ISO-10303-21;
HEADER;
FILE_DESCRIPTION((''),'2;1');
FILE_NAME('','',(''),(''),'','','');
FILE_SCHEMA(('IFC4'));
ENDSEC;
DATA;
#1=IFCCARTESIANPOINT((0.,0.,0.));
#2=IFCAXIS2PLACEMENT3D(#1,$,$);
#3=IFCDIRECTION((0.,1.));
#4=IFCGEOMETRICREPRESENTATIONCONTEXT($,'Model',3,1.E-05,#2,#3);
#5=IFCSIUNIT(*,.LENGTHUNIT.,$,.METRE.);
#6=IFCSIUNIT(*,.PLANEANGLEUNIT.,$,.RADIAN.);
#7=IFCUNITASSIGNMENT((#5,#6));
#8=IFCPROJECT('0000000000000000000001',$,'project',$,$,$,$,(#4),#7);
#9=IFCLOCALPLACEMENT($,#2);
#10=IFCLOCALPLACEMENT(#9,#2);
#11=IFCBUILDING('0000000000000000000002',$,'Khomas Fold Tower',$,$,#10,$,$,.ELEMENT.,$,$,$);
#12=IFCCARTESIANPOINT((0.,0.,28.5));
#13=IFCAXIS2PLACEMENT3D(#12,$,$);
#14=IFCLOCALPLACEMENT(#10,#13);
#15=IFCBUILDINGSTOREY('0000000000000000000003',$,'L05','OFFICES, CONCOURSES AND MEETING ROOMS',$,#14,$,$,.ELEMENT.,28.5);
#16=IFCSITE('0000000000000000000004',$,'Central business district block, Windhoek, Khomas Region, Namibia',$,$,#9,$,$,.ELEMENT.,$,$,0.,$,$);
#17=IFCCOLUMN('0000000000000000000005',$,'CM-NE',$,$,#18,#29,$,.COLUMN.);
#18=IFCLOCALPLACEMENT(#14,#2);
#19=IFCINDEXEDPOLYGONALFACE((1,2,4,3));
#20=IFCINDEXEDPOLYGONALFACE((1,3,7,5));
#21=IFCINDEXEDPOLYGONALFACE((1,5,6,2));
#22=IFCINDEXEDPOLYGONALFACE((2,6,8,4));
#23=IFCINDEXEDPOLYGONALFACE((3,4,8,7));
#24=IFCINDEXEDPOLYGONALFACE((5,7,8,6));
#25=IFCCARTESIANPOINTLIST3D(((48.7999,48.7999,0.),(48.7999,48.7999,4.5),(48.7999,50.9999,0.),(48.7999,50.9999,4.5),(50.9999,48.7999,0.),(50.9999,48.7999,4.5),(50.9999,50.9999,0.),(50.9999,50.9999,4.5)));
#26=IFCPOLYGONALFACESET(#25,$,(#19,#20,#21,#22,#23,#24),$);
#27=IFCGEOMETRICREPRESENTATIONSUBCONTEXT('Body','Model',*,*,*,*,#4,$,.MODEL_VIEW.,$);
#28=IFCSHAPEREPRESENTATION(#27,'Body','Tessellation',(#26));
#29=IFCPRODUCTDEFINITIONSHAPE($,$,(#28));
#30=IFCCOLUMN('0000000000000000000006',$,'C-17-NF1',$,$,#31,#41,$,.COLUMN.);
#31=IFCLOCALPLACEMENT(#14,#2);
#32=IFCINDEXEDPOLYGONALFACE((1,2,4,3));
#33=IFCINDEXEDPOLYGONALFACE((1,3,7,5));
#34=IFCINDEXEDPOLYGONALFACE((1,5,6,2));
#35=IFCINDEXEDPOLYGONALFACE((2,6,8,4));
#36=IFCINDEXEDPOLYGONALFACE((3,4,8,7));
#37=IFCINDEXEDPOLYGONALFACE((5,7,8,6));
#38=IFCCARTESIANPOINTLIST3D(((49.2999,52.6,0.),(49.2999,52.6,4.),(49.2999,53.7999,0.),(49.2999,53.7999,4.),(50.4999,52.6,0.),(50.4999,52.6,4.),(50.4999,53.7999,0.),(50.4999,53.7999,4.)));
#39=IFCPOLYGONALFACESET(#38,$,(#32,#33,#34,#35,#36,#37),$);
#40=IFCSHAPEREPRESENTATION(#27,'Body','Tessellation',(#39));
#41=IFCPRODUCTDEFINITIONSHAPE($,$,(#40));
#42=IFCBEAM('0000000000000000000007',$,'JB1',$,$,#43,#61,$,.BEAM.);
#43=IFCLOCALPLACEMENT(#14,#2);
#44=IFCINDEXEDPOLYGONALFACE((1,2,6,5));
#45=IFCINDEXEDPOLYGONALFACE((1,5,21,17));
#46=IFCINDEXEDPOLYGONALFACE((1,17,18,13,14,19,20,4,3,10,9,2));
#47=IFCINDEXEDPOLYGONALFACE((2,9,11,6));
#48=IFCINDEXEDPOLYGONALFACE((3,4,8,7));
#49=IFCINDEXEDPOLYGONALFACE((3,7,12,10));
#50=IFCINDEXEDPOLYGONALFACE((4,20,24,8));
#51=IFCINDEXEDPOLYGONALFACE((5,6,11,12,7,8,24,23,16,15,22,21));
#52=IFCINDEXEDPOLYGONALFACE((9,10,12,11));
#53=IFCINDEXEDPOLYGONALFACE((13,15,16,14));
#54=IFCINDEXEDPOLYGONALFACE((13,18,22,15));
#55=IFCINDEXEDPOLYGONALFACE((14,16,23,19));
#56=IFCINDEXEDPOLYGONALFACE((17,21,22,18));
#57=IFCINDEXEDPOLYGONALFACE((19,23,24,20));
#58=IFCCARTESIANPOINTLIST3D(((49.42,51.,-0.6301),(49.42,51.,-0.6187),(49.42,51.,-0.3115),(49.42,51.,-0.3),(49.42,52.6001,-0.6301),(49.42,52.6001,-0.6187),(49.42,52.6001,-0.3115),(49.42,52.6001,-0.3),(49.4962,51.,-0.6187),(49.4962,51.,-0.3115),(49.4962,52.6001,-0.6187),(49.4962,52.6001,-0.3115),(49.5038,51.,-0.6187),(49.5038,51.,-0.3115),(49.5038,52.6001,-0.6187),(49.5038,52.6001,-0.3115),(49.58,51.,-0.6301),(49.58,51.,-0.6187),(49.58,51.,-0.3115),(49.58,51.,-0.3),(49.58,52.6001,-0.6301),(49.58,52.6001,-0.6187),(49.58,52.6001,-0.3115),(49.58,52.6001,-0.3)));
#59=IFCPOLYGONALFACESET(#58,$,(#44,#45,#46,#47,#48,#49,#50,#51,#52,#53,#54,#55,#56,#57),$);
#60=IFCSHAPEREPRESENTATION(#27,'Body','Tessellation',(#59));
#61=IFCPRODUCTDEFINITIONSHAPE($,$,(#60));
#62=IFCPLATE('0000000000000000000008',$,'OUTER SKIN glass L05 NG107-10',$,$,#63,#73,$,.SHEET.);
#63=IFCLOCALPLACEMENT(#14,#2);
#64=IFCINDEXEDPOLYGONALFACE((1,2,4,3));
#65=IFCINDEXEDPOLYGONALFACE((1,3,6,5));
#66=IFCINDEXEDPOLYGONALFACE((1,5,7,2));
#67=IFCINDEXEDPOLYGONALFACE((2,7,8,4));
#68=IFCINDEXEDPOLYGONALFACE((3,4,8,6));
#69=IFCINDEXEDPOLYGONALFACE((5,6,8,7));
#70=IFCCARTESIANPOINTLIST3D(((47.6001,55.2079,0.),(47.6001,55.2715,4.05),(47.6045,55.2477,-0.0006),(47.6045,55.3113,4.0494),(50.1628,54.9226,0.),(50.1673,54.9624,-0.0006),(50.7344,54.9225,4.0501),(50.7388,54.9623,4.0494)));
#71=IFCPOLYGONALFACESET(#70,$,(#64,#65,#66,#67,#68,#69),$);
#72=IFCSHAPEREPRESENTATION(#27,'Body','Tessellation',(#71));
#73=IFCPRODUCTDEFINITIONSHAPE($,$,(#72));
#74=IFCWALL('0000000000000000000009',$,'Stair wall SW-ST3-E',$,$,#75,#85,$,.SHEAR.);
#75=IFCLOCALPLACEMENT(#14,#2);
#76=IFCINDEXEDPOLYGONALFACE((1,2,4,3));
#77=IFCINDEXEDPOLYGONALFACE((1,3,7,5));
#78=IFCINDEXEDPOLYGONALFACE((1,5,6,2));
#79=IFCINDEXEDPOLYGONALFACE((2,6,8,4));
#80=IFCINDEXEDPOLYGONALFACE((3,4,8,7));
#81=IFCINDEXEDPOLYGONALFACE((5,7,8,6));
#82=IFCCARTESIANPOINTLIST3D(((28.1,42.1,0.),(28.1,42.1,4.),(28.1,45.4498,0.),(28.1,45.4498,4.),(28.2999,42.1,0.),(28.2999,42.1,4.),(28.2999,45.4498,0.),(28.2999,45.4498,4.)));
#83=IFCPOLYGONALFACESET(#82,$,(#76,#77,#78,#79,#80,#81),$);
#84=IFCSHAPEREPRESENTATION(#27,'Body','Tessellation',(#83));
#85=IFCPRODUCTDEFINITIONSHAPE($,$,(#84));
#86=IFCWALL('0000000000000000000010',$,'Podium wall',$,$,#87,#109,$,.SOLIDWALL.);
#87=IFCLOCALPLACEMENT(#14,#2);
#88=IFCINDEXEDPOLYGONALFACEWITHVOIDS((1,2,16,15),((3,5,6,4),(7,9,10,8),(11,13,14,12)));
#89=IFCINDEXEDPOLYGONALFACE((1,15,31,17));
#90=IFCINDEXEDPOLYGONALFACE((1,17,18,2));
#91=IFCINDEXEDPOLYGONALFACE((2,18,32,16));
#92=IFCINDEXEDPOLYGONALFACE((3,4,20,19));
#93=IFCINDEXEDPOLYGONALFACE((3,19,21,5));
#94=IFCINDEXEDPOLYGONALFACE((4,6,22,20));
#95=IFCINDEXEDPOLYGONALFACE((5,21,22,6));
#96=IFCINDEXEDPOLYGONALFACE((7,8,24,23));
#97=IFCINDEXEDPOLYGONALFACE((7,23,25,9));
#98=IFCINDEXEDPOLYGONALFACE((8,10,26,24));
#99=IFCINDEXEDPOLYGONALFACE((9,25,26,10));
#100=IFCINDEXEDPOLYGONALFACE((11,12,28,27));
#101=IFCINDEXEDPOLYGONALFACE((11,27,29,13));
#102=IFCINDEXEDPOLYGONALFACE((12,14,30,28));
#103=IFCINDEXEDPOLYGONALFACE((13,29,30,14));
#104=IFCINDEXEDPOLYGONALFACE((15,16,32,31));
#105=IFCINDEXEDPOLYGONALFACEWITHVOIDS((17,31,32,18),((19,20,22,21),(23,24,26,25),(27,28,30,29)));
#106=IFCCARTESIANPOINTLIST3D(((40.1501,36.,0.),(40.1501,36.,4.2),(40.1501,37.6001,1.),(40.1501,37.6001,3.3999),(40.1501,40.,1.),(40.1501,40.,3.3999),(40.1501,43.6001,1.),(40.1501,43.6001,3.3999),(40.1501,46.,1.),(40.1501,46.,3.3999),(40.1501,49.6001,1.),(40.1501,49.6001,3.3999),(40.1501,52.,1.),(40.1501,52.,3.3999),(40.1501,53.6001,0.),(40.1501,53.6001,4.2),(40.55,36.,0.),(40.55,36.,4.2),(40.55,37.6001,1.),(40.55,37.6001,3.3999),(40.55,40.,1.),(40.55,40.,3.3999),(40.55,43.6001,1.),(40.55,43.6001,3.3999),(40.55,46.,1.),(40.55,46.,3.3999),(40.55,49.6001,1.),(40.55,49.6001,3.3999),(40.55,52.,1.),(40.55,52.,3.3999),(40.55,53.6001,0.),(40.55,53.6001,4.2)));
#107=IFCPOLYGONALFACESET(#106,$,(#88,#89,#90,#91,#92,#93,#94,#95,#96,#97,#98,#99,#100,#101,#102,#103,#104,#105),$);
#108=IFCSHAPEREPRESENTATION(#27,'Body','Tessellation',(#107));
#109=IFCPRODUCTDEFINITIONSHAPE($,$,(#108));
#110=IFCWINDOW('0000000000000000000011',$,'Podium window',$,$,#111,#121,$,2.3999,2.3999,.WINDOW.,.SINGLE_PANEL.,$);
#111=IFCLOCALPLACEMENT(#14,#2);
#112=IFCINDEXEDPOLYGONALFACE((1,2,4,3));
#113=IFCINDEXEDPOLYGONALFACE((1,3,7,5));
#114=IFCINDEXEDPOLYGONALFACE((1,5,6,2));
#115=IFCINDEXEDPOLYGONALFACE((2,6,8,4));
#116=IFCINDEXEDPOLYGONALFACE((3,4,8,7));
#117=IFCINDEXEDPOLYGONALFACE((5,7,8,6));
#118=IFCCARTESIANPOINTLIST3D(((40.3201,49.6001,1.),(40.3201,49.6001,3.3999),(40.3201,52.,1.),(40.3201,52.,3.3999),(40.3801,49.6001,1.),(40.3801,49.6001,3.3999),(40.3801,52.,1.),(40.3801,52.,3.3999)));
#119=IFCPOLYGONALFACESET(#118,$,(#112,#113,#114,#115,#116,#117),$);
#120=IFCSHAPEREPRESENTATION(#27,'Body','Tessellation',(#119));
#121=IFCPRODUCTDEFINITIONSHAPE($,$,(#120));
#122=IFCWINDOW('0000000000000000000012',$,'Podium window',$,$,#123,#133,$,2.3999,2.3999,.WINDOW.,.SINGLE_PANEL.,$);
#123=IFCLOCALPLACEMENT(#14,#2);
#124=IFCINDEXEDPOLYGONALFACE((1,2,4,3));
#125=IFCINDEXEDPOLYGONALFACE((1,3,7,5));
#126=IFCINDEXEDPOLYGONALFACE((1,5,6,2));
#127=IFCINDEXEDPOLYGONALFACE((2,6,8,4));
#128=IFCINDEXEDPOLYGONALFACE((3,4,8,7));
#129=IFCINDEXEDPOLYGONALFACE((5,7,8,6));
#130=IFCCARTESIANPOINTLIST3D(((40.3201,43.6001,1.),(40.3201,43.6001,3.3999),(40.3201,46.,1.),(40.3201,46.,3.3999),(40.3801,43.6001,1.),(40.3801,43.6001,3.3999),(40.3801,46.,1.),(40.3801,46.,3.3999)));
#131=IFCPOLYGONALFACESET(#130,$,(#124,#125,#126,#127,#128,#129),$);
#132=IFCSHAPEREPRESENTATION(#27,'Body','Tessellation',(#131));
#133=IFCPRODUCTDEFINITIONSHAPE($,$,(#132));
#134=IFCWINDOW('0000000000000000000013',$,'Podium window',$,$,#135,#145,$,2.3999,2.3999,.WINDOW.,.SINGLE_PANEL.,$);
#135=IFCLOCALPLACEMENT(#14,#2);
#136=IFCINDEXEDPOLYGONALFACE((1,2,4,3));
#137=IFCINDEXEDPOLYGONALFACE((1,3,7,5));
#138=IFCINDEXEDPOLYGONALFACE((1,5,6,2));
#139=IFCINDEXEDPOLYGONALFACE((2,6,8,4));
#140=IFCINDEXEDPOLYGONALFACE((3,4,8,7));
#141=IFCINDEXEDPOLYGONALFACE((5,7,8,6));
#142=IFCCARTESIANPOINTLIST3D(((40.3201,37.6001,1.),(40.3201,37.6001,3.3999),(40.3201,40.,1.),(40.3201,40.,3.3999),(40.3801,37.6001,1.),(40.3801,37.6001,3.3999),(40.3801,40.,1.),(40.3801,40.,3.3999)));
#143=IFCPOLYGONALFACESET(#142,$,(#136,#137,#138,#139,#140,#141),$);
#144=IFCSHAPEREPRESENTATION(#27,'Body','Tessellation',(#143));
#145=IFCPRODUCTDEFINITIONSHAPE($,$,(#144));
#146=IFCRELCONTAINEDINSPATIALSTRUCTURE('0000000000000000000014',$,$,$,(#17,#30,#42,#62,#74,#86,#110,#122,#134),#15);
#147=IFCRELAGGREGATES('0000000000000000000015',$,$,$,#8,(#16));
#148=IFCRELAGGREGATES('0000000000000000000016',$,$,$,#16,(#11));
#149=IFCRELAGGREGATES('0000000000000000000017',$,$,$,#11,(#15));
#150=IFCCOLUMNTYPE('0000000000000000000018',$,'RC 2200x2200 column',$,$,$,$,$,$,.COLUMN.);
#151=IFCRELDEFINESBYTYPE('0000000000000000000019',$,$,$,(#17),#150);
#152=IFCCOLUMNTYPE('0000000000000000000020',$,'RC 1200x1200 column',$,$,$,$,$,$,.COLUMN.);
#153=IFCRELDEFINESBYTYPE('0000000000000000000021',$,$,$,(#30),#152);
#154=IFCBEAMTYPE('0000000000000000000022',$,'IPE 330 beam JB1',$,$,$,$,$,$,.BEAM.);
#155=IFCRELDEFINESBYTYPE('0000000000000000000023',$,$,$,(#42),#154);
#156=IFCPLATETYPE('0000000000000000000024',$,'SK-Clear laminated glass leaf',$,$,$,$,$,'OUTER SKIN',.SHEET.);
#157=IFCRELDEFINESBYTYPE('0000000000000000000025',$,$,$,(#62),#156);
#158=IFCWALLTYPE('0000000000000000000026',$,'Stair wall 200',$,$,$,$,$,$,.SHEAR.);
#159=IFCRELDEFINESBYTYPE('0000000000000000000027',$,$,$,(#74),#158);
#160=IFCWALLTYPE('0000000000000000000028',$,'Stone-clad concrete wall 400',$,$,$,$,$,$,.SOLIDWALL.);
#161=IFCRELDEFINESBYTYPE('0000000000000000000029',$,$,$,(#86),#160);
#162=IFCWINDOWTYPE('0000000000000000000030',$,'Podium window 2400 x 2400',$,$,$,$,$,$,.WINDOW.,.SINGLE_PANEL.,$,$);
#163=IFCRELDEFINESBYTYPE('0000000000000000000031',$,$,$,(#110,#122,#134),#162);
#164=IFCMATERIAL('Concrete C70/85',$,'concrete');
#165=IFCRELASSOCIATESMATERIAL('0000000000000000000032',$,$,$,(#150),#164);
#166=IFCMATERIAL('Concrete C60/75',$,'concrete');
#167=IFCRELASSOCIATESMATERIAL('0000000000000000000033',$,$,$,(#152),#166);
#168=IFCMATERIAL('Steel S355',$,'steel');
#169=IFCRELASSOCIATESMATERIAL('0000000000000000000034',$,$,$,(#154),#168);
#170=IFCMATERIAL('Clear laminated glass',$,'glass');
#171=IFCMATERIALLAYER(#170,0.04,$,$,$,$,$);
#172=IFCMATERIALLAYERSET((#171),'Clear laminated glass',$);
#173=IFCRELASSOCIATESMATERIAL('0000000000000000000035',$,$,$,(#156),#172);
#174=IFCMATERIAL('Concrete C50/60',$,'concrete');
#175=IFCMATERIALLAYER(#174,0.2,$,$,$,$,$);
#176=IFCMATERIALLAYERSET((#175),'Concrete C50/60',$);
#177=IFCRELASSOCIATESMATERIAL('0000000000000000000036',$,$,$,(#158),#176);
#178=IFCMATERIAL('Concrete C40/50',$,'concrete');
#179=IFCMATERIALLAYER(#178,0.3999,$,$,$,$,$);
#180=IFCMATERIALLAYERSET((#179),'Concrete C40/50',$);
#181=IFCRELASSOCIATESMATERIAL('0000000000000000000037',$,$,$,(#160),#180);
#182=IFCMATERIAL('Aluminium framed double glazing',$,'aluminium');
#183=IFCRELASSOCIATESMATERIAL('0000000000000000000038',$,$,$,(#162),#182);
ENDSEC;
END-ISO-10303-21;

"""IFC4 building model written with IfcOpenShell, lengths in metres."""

from ifc_helpers import new_model, si_unit, direction, frame, frame_2d, origin, origin_2d, place, context, subcontext, project, spatial, polyline, rectangle, i_section, outline, extrude, source, transform, mapped, material, layer, layer_set, material_profile, profile_set, type_object, element, fill, save


model = new_model("IFC4")

# Units and contexts
model_context = context("Model", 3, precision=1e-05, world=origin(), true_north=direction((0.0, 1.0)))
body_context = subcontext(model_context, "Body", "Model", "MODEL_VIEW")
ifc_project = project(units=[si_unit("LENGTHUNIT", "METRE"), si_unit("PLANEANGLEUNIT", "RADIAN")], contexts=[model_context])

# Site, building, storey
site_placement = place(None, origin())
site = spatial("IfcSite", under=ifc_project, at=site_placement, Name="Central business district block, Windhoek, Khomas Region, Namibia", CompositionType="ELEMENT", RefElevation=0.0)
building_placement = place(site_placement, origin())
building = spatial("IfcBuilding", under=site, at=building_placement, Name="Khomas Fold Tower", CompositionType="ELEMENT")
storey_placement = place(building_placement, frame((0.0, 0.0, 28.5)))
storey = spatial("IfcBuildingStorey", under=building, at=storey_placement, Name="L05", Description="OFFICES, CONCOURSES AND MEETING ROOMS", CompositionType="ELEMENT", Elevation=28.5)

# Columns
ifc_material_1 = material(Name="Concrete C70/85", Category="concrete")
ifc_material_profile_1 = material_profile(ifc_material_1, rectangle(XDim=2.2, YDim=2.2, at=origin_2d()), Name="RC 2200x2200")
ifc_profile_set_1 = profile_set([ifc_material_profile_1], Name="Concrete C70/85")
column_type_1 = type_object("IfcColumnType", Name="RC 2200x2200 column", PredefinedType="COLUMN", material=ifc_profile_set_1)
shared_shape_1 = source(origin(), body_context, "Body", "SweptSolid", [
    extrude(rectangle(XDim=2.2, YDim=2.2, at=origin_2d()), origin(), (0.0, 0.0, 1.0), 4.5),
])
column_1_placement = place(storey_placement, frame((49.8999, 49.8999, 0.0), z_axis=(0.0, 0.0, 1.0), x_axis=(1.0, 0.0, 0.0)))
element("IfcColumn", 1, at=column_1_placement, inside=storey, type_object=column_type_1, Name="CM-NE", PredefinedType="COLUMN", context=body_context, shape_type="MappedRepresentation", body=[
    mapped(shared_shape_1, transform((0.0, 0.0, 0.0))),
])
ifc_material_2 = material(Name="Concrete C60/75", Category="concrete")
ifc_material_profile_2 = material_profile(ifc_material_2, rectangle(XDim=1.2, YDim=1.2, at=origin_2d()), Name="RC 1200x1200")
ifc_profile_set_2 = profile_set([ifc_material_profile_2], Name="Concrete C60/75")
column_type_2 = type_object("IfcColumnType", Name="RC 1200x1200 column", PredefinedType="COLUMN", material=ifc_profile_set_2)
shared_shape_2 = source(origin(), body_context, "Body", "SweptSolid", [
    extrude(rectangle(XDim=1.2, YDim=1.2, at=origin_2d()), origin(), (0.0, 0.0, 1.0), 4.0),
])
column_2_placement = place(storey_placement, frame((49.8999, 53.2, 0.0), z_axis=(0.0, 0.0, 1.0), x_axis=(1.0, 0.0, 0.0)))
element("IfcColumn", 2, at=column_2_placement, inside=storey, type_object=column_type_2, Name="C-17-NF1", PredefinedType="COLUMN", context=body_context, shape_type="MappedRepresentation", body=[
    mapped(shared_shape_2, transform((0.0, 0.0, 0.0))),
])

# Beam
ifc_material_3 = material(Name="Steel S355", Category="steel")
ifc_material_profile_3 = material_profile(ifc_material_3, i_section(OverallWidth=0.1599, OverallDepth=0.3301, WebThickness=0.0076, FlangeThickness=0.0115, at=origin_2d()), Name="IPE 330")
ifc_profile_set_3 = profile_set([ifc_material_profile_3], Name="Steel S355")
beam_type = type_object("IfcBeamType", Name="IPE 330 beam JB1", PredefinedType="BEAM", material=ifc_profile_set_3)
shared_shape_3 = source(origin(), body_context, "Body", "SweptSolid", [
    extrude(i_section(OverallWidth=0.1599, OverallDepth=0.3301, WebThickness=0.0076, FlangeThickness=0.0115, at=origin_2d()), origin(), (0.0, 0.0, 1.0), 1.6001),
])
beam_placement = place(storey_placement, frame((49.5, 51.0, -0.4651), z_axis=(0.0, 1.0, 0.0), x_axis=(-1.0, 0.0, 0.0)))
element("IfcBeam", 3, at=beam_placement, inside=storey, type_object=beam_type, Name="JB1", PredefinedType="BEAM", context=body_context, shape_type="MappedRepresentation", body=[
    mapped(shared_shape_3, transform((0.0, 0.0, 0.0))),
])

# Plate
ifc_material_4 = material(Name="Clear laminated glass", Category="glass")
ifc_layer_1 = layer(ifc_material_4, 0.04)
ifc_layer_set_1 = layer_set([ifc_layer_1], Name="Clear laminated glass")
plate_type = type_object("IfcPlateType", Name="SK-Clear laminated glass leaf", ElementType="OUTER SKIN", PredefinedType="SHEET", material=ifc_layer_set_1)
plate_placement = place(storey_placement, frame((47.6001, 55.2715, 4.05), z_axis=(-0.110638, -0.993738, 0.015594), x_axis=(0.993859, -0.110651, 0.0)))
element("IfcPlate", 4, at=plate_placement, inside=storey, type_object=plate_type, Name="OUTER SKIN glass L05 NG107-10", PredefinedType="SHEET", context=body_context, shape_type="SweptSolid", body=[
    extrude(outline(polyline([(0.0, 0.0), (3.1536, 0.0), (2.5856, -4.0505), (0.007, -4.0505), (0.0, 0.0)])), origin(), (0.0, 0.0, -1.0), 0.04),
])

# Wall
ifc_material_5 = material(Name="Concrete C50/60", Category="concrete")
ifc_layer_2 = layer(ifc_material_5, 0.2)
ifc_layer_set_2 = layer_set([ifc_layer_2], Name="Concrete C50/60")
wall_type_1 = type_object("IfcWallType", Name="Stair wall 200", PredefinedType="SHEAR", material=ifc_layer_set_2)
shared_shape_4 = source(origin(), body_context, "Body", "SweptSolid", [
    extrude(rectangle(XDim=3.3499, YDim=0.2, at=frame_2d((1.6748, 0.0))), origin(), (0.0, 0.0, 1.0), 4.0),
])
wall_1_placement = place(storey_placement, frame((28.2, 42.1001, 0.0), z_axis=(0.0, 0.0, 1.0), x_axis=(0.0, 1.0, 0.0)))
element("IfcWall", 5, at=wall_1_placement, inside=storey, type_object=wall_type_1, Name="Stair wall SW-ST3-E", PredefinedType="SHEAR", context=body_context, shape_type="MappedRepresentation", body=[
    mapped(shared_shape_4, transform((0.0, 0.0, 0.0))),
])

# Wall, openings, windows
ifc_material_6 = material(Name="Concrete C40/50", Category="concrete")
ifc_layer_3 = layer(ifc_material_6, 0.3999)
ifc_layer_set_3 = layer_set([ifc_layer_3], Name="Concrete C40/50")
wall_type_2 = type_object("IfcWallType", Name="Stone-clad concrete wall 400", PredefinedType="SOLIDWALL", material=ifc_layer_set_3)
shared_shape_5 = source(origin(), body_context, "Body", "SweptSolid", [
    extrude(rectangle(XDim=17.6001, YDim=0.3999, at=frame_2d((8.8, 0.0))), origin(), (0.0, 0.0, 1.0), 4.2),
])
wall_2_placement = place(storey_placement, frame((40.3501, 53.6001, 0.0), z_axis=(0.0, 0.0, 1.0), x_axis=(0.0, -1.0, 0.0)))
wall_2 = element("IfcWall", 6, at=wall_2_placement, inside=storey, type_object=wall_type_2, Name="Podium wall", PredefinedType="SOLIDWALL", context=body_context, shape_type="MappedRepresentation", body=[
    mapped(shared_shape_5, transform((0.0, 0.0, 0.0))),
])
shared_shape_6 = source(origin(), body_context, "Body", "SweptSolid", [
    extrude(rectangle(XDim=2.3999, YDim=2.3999, at=frame_2d((1.2, 1.2))), frame((0.0, 0.21, 0.0), z_axis=(0.0, -1.0, 0.0), x_axis=(1.0, 0.0, 0.0)), (0.0, 0.0, 1.0), 0.4199),
])
opening_1_placement = place(wall_2_placement, frame((1.6001, 0.0, 1.0)))
opening_1 = element("IfcOpeningElement", 7, at=opening_1_placement, cuts=wall_2, PredefinedType="OPENING", context=body_context, shape_type="MappedRepresentation", body=[
    mapped(shared_shape_6, transform((0.0, 0.0, 0.0))),
])
opening_2_placement = place(wall_2_placement, frame((7.6001, 0.0, 1.0)))
opening_2 = element("IfcOpeningElement", 8, at=opening_2_placement, cuts=wall_2, PredefinedType="OPENING", context=body_context, shape_type="MappedRepresentation", body=[
    mapped(shared_shape_6, transform((0.0, 0.0, 0.0))),
])
opening_3_placement = place(wall_2_placement, frame((13.6001, 0.0, 1.0)))
opening_3 = element("IfcOpeningElement", 9, at=opening_3_placement, cuts=wall_2, PredefinedType="OPENING", context=body_context, shape_type="MappedRepresentation", body=[
    mapped(shared_shape_6, transform((0.0, 0.0, 0.0))),
])
ifc_material_7 = material(Name="Aluminium framed double glazing", Category="aluminium")
window_type = type_object("IfcWindowType", Name="Podium window 2400 x 2400", PartitioningType="SINGLE_PANEL", PredefinedType="WINDOW", material=ifc_material_7)
shared_shape_7 = source(origin(), body_context, "Body", "SweptSolid", [
    extrude(rectangle(XDim=2.3999, YDim=2.3999, at=frame_2d((1.2, 1.2))), frame((0.0, 0.03, 0.0), z_axis=(0.0, -1.0, 0.0), x_axis=(1.0, 0.0, 0.0)), (0.0, 0.0, 1.0), 0.0601),
])
window_1_placement = place(opening_1_placement, origin())
window_1 = element("IfcWindow", 10, at=window_1_placement, inside=storey, type_object=window_type, Name="Podium window", OverallHeight=2.3999, OverallWidth=2.3999, PartitioningType="SINGLE_PANEL", PredefinedType="WINDOW", context=body_context, shape_type="MappedRepresentation", body=[
    mapped(shared_shape_7, transform((0.0, 0.0, 0.0))),
])
fill(opening_1, window_1)
window_2_placement = place(opening_2_placement, origin())
window_2 = element("IfcWindow", 11, at=window_2_placement, inside=storey, type_object=window_type, Name="Podium window", OverallHeight=2.3999, OverallWidth=2.3999, PartitioningType="SINGLE_PANEL", PredefinedType="WINDOW", context=body_context, shape_type="MappedRepresentation", body=[
    mapped(shared_shape_7, transform((0.0, 0.0, 0.0))),
])
fill(opening_2, window_2)
window_3_placement = place(opening_3_placement, origin())
window_3 = element("IfcWindow", 12, at=window_3_placement, inside=storey, type_object=window_type, Name="Podium window", OverallHeight=2.3999, OverallWidth=2.3999, PartitioningType="SINGLE_PANEL", PredefinedType="WINDOW", context=body_context, shape_type="MappedRepresentation", body=[
    mapped(shared_shape_7, transform((0.0, 0.0, 0.0))),
])
fill(opening_3, window_3)

save(model, "model.ifc")
